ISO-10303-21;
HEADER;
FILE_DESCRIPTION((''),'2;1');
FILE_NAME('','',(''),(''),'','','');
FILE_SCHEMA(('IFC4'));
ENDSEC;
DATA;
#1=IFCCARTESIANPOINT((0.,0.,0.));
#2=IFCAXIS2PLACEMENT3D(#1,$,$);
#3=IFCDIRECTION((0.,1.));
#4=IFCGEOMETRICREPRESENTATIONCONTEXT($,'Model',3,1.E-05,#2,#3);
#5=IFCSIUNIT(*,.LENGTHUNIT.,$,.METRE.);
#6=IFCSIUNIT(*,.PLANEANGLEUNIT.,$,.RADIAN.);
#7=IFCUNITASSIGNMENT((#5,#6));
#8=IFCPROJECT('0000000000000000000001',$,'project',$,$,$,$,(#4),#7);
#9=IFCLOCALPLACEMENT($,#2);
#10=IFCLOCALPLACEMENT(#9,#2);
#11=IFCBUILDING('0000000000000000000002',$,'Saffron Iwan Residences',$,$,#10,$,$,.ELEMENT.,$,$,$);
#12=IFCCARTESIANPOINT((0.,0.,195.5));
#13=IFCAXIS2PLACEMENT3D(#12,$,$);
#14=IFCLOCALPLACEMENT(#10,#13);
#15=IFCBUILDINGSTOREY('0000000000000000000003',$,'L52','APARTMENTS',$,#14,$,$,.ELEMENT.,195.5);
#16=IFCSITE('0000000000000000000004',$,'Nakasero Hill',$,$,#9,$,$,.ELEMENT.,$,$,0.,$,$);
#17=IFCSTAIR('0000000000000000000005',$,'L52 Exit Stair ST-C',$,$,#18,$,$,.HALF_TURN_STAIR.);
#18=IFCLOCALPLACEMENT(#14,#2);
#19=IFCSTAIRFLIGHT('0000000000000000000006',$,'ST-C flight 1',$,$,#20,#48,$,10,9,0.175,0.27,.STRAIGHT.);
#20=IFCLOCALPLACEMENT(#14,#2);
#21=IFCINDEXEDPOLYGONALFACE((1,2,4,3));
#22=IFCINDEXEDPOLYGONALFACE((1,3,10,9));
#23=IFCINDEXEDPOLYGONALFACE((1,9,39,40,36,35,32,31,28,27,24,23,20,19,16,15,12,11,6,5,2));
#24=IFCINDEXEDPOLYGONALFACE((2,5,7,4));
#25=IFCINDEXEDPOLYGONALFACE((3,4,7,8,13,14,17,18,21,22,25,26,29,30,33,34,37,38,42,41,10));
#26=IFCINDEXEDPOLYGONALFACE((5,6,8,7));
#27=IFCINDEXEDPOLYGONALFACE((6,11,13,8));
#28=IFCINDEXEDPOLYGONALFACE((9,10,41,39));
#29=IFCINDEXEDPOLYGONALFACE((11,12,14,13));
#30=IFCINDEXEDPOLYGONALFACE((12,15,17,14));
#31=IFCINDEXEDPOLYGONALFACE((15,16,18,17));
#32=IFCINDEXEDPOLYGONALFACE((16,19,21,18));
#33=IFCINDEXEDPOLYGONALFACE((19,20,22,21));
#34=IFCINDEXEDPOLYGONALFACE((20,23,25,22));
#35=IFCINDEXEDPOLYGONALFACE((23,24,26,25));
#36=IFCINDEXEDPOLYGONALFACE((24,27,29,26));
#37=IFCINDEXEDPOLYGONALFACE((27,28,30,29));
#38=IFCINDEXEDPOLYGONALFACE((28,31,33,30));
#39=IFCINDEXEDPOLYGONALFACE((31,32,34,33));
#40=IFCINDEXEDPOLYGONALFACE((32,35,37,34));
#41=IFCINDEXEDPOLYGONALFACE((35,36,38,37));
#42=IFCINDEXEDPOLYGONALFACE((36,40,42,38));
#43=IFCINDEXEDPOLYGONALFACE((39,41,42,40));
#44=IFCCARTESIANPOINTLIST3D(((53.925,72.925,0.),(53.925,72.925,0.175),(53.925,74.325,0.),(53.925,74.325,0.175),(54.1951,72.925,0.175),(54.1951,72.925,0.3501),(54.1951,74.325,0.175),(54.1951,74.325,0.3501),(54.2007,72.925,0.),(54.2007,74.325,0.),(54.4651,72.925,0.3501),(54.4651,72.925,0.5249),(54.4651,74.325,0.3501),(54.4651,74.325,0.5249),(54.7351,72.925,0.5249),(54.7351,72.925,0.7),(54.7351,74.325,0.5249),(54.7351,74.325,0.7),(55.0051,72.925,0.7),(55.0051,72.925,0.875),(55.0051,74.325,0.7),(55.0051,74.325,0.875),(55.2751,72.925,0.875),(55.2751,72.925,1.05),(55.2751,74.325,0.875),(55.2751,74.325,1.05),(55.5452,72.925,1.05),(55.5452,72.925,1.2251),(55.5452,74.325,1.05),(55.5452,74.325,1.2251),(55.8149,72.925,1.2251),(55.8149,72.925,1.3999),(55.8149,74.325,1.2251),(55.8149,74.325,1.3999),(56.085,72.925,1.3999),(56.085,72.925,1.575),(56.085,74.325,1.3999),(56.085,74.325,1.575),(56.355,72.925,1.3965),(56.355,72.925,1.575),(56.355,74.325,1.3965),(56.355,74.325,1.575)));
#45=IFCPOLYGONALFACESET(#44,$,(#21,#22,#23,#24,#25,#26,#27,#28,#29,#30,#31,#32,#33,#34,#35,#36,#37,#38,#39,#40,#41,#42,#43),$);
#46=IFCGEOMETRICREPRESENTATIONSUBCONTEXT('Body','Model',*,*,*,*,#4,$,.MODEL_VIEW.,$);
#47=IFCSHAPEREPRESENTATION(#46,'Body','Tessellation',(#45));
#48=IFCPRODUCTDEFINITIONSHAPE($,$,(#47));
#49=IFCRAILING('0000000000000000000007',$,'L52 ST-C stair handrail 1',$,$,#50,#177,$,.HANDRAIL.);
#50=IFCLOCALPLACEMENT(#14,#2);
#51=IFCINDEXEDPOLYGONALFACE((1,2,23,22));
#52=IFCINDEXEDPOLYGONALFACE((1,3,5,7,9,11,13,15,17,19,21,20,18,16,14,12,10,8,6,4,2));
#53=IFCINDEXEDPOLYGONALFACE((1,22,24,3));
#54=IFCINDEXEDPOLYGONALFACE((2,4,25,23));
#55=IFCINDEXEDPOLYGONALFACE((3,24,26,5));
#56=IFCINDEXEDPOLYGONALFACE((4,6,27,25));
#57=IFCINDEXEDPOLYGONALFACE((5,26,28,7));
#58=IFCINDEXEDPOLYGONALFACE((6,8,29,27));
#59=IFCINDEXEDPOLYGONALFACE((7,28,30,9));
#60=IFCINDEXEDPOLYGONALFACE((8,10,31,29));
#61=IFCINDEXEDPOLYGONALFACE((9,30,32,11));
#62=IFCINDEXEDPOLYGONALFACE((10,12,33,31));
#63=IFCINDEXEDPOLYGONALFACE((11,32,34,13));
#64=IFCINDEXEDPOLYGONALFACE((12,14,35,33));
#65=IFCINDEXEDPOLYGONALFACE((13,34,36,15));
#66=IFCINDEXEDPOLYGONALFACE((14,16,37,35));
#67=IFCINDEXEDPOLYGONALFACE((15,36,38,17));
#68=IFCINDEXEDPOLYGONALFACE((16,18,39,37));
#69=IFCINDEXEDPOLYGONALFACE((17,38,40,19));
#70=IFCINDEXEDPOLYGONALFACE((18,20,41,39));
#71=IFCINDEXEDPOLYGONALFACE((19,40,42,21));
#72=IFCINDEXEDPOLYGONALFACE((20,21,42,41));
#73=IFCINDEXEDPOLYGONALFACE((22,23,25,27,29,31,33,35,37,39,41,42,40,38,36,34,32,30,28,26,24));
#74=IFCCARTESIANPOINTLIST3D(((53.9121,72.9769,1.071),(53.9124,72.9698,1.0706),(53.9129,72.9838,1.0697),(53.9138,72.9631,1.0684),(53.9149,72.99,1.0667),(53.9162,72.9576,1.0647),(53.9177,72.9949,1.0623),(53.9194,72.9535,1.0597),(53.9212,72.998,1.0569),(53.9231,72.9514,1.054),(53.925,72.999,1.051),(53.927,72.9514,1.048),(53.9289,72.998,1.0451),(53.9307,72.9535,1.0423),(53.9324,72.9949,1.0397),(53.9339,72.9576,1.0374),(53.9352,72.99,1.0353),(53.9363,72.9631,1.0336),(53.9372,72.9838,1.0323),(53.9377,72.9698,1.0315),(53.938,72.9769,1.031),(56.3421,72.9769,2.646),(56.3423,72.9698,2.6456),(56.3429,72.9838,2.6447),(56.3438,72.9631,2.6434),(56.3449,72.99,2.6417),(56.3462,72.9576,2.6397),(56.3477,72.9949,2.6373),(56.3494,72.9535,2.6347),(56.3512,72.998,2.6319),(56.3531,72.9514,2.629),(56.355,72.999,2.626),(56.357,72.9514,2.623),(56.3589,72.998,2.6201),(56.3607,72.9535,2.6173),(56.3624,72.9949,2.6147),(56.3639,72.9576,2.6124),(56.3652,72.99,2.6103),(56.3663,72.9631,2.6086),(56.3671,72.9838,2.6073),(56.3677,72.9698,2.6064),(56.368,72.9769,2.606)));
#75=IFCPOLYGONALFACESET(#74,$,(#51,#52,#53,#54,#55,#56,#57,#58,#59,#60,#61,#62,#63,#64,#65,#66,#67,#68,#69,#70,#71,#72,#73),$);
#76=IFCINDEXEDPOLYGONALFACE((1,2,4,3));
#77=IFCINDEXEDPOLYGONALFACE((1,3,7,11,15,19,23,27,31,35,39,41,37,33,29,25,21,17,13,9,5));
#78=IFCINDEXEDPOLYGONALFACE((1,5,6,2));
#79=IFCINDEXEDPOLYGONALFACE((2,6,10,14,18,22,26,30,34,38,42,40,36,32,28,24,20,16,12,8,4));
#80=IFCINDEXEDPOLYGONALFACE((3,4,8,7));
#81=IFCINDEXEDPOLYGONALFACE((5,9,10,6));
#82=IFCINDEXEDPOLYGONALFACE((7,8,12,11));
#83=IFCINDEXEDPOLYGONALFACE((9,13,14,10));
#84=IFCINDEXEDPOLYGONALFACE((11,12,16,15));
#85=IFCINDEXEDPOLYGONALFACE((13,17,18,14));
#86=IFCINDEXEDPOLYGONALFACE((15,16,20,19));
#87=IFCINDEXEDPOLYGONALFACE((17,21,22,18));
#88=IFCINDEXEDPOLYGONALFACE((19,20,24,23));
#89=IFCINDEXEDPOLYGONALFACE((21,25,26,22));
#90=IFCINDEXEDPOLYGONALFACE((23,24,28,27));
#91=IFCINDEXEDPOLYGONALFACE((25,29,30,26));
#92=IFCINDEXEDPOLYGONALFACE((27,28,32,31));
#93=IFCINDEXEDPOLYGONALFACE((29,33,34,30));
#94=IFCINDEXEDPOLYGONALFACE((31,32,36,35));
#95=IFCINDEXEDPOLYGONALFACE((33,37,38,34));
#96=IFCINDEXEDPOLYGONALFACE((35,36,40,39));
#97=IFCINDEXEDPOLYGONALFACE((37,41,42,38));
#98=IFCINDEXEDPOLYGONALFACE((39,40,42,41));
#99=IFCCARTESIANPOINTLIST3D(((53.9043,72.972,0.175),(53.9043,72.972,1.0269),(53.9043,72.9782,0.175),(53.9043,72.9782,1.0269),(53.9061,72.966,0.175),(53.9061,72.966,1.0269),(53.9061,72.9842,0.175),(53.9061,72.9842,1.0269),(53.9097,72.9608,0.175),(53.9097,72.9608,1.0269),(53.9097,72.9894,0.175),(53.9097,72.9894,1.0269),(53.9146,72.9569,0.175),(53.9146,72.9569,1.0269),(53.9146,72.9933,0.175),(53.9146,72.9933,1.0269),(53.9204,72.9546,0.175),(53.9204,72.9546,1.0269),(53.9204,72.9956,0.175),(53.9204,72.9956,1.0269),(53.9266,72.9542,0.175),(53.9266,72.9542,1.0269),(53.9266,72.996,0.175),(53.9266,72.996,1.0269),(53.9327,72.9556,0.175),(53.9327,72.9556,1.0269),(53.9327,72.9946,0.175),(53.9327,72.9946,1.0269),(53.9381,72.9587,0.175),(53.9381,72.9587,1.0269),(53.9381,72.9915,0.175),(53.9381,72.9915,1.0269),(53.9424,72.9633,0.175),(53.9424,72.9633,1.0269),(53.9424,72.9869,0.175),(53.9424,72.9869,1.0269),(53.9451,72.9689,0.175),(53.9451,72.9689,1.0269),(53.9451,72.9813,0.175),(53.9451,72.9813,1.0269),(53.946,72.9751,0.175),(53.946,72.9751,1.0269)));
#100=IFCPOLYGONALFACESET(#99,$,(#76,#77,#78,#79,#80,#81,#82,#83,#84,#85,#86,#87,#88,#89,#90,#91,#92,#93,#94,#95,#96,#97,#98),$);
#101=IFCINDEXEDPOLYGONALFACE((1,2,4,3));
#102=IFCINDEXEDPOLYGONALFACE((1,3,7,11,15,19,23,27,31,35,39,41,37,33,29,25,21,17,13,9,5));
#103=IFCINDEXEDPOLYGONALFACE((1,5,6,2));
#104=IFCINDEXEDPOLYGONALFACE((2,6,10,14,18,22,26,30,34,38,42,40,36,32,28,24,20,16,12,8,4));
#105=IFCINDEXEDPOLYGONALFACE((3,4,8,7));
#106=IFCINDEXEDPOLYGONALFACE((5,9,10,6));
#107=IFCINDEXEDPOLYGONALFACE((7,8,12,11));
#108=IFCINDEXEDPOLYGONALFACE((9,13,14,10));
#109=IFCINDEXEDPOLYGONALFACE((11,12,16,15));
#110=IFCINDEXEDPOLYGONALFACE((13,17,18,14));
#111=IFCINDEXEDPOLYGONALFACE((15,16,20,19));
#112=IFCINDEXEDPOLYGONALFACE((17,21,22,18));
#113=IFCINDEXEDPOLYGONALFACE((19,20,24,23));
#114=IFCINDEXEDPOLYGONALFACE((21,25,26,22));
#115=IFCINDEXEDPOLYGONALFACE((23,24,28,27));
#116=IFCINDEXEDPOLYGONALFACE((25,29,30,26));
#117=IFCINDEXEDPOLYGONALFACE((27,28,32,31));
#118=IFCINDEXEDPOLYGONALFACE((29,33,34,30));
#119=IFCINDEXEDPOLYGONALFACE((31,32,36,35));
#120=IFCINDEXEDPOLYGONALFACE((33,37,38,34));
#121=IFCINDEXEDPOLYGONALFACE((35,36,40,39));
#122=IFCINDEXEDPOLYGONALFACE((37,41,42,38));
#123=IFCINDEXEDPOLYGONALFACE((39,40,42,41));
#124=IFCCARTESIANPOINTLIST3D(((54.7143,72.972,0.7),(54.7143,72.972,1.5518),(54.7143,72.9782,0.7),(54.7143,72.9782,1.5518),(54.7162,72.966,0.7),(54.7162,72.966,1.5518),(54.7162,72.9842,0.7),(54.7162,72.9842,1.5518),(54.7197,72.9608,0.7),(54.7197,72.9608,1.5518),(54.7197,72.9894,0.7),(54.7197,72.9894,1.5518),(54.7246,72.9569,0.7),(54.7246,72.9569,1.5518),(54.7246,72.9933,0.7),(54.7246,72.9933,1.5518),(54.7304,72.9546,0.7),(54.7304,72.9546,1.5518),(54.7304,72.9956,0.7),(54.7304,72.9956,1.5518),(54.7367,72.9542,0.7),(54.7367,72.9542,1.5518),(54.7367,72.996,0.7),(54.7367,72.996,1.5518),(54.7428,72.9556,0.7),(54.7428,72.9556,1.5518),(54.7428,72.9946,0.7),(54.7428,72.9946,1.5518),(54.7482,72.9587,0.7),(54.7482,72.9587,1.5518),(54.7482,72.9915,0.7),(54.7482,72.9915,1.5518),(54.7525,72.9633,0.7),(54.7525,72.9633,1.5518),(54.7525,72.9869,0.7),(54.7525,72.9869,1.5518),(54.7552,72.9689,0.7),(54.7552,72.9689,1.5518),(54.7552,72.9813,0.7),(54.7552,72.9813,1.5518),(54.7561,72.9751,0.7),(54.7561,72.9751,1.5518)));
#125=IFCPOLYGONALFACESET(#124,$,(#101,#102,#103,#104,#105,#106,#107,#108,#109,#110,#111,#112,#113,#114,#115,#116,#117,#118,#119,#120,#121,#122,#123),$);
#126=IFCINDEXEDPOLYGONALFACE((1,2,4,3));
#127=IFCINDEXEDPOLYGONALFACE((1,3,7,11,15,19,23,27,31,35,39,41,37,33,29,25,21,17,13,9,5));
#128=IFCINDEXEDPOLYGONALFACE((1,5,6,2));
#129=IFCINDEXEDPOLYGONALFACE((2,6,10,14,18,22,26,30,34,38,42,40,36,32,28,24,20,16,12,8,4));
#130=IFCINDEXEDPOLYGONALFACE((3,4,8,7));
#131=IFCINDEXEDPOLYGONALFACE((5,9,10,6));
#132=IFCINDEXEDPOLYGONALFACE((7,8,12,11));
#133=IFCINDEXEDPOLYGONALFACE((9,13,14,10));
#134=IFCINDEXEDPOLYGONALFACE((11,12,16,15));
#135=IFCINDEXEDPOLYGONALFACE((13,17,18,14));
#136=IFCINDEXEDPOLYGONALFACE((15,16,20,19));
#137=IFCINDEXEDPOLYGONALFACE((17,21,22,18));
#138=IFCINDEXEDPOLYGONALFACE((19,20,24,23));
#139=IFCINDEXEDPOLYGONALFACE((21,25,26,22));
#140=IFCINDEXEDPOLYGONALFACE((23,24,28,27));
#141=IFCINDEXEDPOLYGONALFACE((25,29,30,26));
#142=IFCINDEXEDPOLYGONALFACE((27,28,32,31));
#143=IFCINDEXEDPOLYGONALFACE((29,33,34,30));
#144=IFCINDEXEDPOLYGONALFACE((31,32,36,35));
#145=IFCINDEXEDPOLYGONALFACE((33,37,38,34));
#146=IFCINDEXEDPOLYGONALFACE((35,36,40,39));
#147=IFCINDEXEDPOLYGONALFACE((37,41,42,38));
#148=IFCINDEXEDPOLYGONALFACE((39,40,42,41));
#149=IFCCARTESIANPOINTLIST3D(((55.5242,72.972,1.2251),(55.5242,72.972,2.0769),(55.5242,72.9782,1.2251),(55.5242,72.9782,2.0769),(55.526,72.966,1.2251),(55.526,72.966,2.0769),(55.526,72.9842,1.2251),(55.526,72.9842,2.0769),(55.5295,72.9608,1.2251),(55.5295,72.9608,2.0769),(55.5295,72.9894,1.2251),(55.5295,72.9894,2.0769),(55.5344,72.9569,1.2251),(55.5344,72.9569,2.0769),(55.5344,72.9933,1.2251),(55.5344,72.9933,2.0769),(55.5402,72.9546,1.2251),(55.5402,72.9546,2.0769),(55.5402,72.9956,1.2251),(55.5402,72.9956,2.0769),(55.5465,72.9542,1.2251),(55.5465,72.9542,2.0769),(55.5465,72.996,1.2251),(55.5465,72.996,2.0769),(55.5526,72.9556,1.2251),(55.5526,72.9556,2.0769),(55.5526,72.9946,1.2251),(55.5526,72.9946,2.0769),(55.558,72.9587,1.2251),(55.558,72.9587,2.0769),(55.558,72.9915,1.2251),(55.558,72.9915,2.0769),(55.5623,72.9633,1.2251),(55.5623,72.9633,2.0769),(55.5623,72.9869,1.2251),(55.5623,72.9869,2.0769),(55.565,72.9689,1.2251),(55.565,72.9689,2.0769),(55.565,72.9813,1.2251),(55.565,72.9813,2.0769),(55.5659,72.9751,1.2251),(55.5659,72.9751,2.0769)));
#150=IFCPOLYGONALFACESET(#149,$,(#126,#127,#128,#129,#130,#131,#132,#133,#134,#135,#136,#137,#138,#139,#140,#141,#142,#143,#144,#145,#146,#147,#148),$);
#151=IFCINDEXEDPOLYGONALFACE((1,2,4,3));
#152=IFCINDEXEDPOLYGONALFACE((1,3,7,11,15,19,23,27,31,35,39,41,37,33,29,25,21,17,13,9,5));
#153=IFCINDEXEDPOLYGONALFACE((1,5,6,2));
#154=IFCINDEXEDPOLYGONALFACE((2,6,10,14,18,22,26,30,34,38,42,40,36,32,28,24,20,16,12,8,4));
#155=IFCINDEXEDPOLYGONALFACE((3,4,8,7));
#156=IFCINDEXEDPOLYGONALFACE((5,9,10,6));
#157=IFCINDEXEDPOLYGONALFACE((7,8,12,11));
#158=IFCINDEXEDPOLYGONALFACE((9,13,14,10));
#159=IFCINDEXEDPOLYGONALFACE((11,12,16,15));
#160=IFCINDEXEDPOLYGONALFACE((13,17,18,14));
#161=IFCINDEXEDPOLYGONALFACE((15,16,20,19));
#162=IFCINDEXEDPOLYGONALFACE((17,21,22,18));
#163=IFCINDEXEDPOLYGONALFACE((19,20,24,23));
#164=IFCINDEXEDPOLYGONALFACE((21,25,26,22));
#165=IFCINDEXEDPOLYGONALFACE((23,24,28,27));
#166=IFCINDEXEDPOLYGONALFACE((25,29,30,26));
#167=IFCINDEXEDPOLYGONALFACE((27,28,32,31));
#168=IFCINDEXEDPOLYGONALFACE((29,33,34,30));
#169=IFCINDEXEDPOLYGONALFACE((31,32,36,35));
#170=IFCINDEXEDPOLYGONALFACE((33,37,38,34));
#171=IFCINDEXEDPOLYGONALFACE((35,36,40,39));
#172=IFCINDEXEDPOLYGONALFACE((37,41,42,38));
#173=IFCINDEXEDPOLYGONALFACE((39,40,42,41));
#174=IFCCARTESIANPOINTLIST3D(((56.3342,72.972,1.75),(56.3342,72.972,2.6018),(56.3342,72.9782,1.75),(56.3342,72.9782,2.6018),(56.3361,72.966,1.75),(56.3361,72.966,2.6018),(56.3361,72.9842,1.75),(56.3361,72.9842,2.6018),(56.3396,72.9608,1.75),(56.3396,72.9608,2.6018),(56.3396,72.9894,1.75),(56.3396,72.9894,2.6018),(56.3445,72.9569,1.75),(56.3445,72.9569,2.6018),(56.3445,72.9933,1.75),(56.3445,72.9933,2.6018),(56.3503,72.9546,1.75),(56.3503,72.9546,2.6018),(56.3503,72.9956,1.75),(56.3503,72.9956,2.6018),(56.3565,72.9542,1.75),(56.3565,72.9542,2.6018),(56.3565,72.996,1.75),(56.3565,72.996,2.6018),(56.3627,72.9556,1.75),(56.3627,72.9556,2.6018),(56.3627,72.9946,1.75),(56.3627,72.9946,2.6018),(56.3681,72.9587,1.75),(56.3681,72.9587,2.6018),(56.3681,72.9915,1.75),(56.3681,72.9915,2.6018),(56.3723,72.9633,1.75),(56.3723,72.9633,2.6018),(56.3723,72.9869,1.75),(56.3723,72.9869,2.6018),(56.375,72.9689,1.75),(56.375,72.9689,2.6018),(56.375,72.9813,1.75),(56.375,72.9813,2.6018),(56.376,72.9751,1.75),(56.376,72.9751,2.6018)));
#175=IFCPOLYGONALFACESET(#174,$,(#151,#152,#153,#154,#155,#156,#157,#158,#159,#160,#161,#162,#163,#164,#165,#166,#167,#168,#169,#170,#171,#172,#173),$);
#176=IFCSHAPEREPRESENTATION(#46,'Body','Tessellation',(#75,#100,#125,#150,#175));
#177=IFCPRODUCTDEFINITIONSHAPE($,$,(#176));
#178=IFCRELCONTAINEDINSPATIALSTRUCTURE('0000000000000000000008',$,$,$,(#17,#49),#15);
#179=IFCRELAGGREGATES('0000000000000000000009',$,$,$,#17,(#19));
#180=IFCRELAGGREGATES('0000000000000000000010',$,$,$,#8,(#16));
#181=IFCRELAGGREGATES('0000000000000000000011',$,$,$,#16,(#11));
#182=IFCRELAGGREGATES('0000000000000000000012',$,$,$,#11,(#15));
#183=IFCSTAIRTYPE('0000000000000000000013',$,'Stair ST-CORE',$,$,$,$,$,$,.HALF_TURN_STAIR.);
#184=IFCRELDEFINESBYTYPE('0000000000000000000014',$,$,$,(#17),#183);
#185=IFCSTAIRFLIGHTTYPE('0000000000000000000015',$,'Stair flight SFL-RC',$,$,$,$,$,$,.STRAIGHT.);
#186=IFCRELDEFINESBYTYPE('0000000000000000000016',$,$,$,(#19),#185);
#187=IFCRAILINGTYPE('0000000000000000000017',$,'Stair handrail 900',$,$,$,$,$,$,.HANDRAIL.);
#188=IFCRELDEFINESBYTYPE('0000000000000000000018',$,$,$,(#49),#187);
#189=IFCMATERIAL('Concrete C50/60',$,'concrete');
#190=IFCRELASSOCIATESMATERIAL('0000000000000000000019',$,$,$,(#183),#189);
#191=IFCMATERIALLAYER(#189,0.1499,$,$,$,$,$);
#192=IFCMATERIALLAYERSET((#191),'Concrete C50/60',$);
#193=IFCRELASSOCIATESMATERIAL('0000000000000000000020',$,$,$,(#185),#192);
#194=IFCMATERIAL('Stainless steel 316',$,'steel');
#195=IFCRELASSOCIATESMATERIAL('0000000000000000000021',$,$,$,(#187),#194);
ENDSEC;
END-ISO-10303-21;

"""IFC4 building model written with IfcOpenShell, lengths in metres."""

from ifc_helpers import new_model, si_unit, direction, frame, origin, origin_2d, place, context, subcontext, project, spatial, polyline, circle, outline, extrude, material, layer, layer_set, type_object, element, aggregate, save


model = new_model("IFC4")

# Units and contexts
model_context = context("Model", 3, precision=1e-05, world=origin(), true_north=direction((0.0, 1.0)))
body_context = subcontext(model_context, "Body", "Model", "MODEL_VIEW")
ifc_project = project(units=[si_unit("LENGTHUNIT", "METRE"), si_unit("PLANEANGLEUNIT", "RADIAN")], contexts=[model_context])

# Site, building, storey
site_placement = place(None, origin())
site = spatial("IfcSite", under=ifc_project, at=site_placement, Name="Nakasero Hill", CompositionType="ELEMENT", RefElevation=0.0)
building_placement = place(site_placement, origin())
building = spatial("IfcBuilding", under=site, at=building_placement, Name="Saffron Iwan Residences", CompositionType="ELEMENT")
storey_placement = place(building_placement, frame((0.0, 0.0, 195.5)))
storey = spatial("IfcBuildingStorey", under=building, at=storey_placement, Name="L52", Description="APARTMENTS", CompositionType="ELEMENT", Elevation=195.5)

# Shared definitions
ifc_material_1 = material(Name="Concrete C50/60", Category="concrete")

# Stair, stair flight
stair_type = type_object("IfcStairType", Name="Stair ST-CORE", PredefinedType="HALF_TURN_STAIR", material=ifc_material_1)
stair_placement = place(storey_placement, origin())
stair = element("IfcStair", 1, at=stair_placement, inside=storey, type_object=stair_type, Name="L52 Exit Stair ST-C", PredefinedType="HALF_TURN_STAIR")
ifc_layer_1 = layer(ifc_material_1, 0.1499)
ifc_layer_set_1 = layer_set([ifc_layer_1], Name="Concrete C50/60")
stair_flight_type = type_object("IfcStairFlightType", Name="Stair flight SFL-RC", PredefinedType="STRAIGHT", material=ifc_layer_set_1)
stair_flight_placement = place(storey_placement, frame((53.925, 73.625, 0.0), z_axis=(0.0, 0.0, 1.0), x_axis=(1.0, 0.0, 0.0)))
stair_flight = element("IfcStairFlight", 2, at=stair_flight_placement, type_object=stair_flight_type, Name="ST-C flight 1", NumberOfRisers=10, NumberOfTreads=9, PredefinedType="STRAIGHT", RiserHeight=0.175, TreadLength=0.27, context=body_context, shape_type="SweptSolid", body=[
    extrude(outline(polyline([(0.0, 0.0), (0.0, 0.175), (0.27, 0.175), (0.27, 0.3501), (0.54, 0.3501), (0.54, 0.5249), (0.8101, 0.5249), (0.8101, 0.7), (1.0801, 0.7), (1.0801, 0.875), (1.3501, 0.875), (1.3501, 1.05), (1.6201, 1.05), (1.6201, 1.2251), (1.8899, 1.2251), (1.8899, 1.3999), (2.1599, 1.3999), (2.1599, 1.575), (2.4299, 1.575), (2.4299, 1.75), (2.4299, 1.3965), (0.2756, 0.0), (0.0, 0.0)])), frame((0.0, 0.7, 0.0), z_axis=(0.0, -1.0, 0.0), x_axis=(1.0, 0.0, 0.0)), (0.0, 0.0, 1.0), 1.3999),
])
aggregate(stair, [stair_flight])

# Railing
ifc_material_2 = material(Name="Stainless steel 316", Category="steel")
railing_type = type_object("IfcRailingType", Name="Stair handrail 900", PredefinedType="HANDRAIL", material=ifc_material_2)
railing_placement = place(storey_placement, frame((53.925, 72.9751, 0.175)))
element("IfcRailing", 3, at=railing_placement, inside=storey, type_object=railing_type, Name="L52 ST-C stair handrail 1", PredefinedType="HANDRAIL", context=body_context, shape_type="SweptSolid", body=[
    extrude(circle(Radius=0.0239, at=origin_2d()), frame((0.0, 0.0, 0.876), z_axis=(0.839154, 0.0, 0.543894), x_axis=(0.0, 1.0, 0.0)), (0.0, 0.0, 1.0), 2.8958),
    extrude(circle(Radius=0.021, at=origin_2d()), origin(), (0.0, 0.0, 1.0), 0.8518),
    extrude(circle(Radius=0.021, at=origin_2d()), frame((0.8101, 0.0, 0.5249)), (0.0, 0.0, 1.0), 0.8518),
    extrude(circle(Radius=0.021, at=origin_2d()), frame((1.6199, 0.0, 1.05)), (0.0, 0.0, 1.0), 0.8518),
    extrude(circle(Radius=0.021, at=origin_2d()), frame((2.4299, 0.0, 1.575)), (0.0, 0.0, 1.0), 0.8518),
])

save(model, "model.ifc")
